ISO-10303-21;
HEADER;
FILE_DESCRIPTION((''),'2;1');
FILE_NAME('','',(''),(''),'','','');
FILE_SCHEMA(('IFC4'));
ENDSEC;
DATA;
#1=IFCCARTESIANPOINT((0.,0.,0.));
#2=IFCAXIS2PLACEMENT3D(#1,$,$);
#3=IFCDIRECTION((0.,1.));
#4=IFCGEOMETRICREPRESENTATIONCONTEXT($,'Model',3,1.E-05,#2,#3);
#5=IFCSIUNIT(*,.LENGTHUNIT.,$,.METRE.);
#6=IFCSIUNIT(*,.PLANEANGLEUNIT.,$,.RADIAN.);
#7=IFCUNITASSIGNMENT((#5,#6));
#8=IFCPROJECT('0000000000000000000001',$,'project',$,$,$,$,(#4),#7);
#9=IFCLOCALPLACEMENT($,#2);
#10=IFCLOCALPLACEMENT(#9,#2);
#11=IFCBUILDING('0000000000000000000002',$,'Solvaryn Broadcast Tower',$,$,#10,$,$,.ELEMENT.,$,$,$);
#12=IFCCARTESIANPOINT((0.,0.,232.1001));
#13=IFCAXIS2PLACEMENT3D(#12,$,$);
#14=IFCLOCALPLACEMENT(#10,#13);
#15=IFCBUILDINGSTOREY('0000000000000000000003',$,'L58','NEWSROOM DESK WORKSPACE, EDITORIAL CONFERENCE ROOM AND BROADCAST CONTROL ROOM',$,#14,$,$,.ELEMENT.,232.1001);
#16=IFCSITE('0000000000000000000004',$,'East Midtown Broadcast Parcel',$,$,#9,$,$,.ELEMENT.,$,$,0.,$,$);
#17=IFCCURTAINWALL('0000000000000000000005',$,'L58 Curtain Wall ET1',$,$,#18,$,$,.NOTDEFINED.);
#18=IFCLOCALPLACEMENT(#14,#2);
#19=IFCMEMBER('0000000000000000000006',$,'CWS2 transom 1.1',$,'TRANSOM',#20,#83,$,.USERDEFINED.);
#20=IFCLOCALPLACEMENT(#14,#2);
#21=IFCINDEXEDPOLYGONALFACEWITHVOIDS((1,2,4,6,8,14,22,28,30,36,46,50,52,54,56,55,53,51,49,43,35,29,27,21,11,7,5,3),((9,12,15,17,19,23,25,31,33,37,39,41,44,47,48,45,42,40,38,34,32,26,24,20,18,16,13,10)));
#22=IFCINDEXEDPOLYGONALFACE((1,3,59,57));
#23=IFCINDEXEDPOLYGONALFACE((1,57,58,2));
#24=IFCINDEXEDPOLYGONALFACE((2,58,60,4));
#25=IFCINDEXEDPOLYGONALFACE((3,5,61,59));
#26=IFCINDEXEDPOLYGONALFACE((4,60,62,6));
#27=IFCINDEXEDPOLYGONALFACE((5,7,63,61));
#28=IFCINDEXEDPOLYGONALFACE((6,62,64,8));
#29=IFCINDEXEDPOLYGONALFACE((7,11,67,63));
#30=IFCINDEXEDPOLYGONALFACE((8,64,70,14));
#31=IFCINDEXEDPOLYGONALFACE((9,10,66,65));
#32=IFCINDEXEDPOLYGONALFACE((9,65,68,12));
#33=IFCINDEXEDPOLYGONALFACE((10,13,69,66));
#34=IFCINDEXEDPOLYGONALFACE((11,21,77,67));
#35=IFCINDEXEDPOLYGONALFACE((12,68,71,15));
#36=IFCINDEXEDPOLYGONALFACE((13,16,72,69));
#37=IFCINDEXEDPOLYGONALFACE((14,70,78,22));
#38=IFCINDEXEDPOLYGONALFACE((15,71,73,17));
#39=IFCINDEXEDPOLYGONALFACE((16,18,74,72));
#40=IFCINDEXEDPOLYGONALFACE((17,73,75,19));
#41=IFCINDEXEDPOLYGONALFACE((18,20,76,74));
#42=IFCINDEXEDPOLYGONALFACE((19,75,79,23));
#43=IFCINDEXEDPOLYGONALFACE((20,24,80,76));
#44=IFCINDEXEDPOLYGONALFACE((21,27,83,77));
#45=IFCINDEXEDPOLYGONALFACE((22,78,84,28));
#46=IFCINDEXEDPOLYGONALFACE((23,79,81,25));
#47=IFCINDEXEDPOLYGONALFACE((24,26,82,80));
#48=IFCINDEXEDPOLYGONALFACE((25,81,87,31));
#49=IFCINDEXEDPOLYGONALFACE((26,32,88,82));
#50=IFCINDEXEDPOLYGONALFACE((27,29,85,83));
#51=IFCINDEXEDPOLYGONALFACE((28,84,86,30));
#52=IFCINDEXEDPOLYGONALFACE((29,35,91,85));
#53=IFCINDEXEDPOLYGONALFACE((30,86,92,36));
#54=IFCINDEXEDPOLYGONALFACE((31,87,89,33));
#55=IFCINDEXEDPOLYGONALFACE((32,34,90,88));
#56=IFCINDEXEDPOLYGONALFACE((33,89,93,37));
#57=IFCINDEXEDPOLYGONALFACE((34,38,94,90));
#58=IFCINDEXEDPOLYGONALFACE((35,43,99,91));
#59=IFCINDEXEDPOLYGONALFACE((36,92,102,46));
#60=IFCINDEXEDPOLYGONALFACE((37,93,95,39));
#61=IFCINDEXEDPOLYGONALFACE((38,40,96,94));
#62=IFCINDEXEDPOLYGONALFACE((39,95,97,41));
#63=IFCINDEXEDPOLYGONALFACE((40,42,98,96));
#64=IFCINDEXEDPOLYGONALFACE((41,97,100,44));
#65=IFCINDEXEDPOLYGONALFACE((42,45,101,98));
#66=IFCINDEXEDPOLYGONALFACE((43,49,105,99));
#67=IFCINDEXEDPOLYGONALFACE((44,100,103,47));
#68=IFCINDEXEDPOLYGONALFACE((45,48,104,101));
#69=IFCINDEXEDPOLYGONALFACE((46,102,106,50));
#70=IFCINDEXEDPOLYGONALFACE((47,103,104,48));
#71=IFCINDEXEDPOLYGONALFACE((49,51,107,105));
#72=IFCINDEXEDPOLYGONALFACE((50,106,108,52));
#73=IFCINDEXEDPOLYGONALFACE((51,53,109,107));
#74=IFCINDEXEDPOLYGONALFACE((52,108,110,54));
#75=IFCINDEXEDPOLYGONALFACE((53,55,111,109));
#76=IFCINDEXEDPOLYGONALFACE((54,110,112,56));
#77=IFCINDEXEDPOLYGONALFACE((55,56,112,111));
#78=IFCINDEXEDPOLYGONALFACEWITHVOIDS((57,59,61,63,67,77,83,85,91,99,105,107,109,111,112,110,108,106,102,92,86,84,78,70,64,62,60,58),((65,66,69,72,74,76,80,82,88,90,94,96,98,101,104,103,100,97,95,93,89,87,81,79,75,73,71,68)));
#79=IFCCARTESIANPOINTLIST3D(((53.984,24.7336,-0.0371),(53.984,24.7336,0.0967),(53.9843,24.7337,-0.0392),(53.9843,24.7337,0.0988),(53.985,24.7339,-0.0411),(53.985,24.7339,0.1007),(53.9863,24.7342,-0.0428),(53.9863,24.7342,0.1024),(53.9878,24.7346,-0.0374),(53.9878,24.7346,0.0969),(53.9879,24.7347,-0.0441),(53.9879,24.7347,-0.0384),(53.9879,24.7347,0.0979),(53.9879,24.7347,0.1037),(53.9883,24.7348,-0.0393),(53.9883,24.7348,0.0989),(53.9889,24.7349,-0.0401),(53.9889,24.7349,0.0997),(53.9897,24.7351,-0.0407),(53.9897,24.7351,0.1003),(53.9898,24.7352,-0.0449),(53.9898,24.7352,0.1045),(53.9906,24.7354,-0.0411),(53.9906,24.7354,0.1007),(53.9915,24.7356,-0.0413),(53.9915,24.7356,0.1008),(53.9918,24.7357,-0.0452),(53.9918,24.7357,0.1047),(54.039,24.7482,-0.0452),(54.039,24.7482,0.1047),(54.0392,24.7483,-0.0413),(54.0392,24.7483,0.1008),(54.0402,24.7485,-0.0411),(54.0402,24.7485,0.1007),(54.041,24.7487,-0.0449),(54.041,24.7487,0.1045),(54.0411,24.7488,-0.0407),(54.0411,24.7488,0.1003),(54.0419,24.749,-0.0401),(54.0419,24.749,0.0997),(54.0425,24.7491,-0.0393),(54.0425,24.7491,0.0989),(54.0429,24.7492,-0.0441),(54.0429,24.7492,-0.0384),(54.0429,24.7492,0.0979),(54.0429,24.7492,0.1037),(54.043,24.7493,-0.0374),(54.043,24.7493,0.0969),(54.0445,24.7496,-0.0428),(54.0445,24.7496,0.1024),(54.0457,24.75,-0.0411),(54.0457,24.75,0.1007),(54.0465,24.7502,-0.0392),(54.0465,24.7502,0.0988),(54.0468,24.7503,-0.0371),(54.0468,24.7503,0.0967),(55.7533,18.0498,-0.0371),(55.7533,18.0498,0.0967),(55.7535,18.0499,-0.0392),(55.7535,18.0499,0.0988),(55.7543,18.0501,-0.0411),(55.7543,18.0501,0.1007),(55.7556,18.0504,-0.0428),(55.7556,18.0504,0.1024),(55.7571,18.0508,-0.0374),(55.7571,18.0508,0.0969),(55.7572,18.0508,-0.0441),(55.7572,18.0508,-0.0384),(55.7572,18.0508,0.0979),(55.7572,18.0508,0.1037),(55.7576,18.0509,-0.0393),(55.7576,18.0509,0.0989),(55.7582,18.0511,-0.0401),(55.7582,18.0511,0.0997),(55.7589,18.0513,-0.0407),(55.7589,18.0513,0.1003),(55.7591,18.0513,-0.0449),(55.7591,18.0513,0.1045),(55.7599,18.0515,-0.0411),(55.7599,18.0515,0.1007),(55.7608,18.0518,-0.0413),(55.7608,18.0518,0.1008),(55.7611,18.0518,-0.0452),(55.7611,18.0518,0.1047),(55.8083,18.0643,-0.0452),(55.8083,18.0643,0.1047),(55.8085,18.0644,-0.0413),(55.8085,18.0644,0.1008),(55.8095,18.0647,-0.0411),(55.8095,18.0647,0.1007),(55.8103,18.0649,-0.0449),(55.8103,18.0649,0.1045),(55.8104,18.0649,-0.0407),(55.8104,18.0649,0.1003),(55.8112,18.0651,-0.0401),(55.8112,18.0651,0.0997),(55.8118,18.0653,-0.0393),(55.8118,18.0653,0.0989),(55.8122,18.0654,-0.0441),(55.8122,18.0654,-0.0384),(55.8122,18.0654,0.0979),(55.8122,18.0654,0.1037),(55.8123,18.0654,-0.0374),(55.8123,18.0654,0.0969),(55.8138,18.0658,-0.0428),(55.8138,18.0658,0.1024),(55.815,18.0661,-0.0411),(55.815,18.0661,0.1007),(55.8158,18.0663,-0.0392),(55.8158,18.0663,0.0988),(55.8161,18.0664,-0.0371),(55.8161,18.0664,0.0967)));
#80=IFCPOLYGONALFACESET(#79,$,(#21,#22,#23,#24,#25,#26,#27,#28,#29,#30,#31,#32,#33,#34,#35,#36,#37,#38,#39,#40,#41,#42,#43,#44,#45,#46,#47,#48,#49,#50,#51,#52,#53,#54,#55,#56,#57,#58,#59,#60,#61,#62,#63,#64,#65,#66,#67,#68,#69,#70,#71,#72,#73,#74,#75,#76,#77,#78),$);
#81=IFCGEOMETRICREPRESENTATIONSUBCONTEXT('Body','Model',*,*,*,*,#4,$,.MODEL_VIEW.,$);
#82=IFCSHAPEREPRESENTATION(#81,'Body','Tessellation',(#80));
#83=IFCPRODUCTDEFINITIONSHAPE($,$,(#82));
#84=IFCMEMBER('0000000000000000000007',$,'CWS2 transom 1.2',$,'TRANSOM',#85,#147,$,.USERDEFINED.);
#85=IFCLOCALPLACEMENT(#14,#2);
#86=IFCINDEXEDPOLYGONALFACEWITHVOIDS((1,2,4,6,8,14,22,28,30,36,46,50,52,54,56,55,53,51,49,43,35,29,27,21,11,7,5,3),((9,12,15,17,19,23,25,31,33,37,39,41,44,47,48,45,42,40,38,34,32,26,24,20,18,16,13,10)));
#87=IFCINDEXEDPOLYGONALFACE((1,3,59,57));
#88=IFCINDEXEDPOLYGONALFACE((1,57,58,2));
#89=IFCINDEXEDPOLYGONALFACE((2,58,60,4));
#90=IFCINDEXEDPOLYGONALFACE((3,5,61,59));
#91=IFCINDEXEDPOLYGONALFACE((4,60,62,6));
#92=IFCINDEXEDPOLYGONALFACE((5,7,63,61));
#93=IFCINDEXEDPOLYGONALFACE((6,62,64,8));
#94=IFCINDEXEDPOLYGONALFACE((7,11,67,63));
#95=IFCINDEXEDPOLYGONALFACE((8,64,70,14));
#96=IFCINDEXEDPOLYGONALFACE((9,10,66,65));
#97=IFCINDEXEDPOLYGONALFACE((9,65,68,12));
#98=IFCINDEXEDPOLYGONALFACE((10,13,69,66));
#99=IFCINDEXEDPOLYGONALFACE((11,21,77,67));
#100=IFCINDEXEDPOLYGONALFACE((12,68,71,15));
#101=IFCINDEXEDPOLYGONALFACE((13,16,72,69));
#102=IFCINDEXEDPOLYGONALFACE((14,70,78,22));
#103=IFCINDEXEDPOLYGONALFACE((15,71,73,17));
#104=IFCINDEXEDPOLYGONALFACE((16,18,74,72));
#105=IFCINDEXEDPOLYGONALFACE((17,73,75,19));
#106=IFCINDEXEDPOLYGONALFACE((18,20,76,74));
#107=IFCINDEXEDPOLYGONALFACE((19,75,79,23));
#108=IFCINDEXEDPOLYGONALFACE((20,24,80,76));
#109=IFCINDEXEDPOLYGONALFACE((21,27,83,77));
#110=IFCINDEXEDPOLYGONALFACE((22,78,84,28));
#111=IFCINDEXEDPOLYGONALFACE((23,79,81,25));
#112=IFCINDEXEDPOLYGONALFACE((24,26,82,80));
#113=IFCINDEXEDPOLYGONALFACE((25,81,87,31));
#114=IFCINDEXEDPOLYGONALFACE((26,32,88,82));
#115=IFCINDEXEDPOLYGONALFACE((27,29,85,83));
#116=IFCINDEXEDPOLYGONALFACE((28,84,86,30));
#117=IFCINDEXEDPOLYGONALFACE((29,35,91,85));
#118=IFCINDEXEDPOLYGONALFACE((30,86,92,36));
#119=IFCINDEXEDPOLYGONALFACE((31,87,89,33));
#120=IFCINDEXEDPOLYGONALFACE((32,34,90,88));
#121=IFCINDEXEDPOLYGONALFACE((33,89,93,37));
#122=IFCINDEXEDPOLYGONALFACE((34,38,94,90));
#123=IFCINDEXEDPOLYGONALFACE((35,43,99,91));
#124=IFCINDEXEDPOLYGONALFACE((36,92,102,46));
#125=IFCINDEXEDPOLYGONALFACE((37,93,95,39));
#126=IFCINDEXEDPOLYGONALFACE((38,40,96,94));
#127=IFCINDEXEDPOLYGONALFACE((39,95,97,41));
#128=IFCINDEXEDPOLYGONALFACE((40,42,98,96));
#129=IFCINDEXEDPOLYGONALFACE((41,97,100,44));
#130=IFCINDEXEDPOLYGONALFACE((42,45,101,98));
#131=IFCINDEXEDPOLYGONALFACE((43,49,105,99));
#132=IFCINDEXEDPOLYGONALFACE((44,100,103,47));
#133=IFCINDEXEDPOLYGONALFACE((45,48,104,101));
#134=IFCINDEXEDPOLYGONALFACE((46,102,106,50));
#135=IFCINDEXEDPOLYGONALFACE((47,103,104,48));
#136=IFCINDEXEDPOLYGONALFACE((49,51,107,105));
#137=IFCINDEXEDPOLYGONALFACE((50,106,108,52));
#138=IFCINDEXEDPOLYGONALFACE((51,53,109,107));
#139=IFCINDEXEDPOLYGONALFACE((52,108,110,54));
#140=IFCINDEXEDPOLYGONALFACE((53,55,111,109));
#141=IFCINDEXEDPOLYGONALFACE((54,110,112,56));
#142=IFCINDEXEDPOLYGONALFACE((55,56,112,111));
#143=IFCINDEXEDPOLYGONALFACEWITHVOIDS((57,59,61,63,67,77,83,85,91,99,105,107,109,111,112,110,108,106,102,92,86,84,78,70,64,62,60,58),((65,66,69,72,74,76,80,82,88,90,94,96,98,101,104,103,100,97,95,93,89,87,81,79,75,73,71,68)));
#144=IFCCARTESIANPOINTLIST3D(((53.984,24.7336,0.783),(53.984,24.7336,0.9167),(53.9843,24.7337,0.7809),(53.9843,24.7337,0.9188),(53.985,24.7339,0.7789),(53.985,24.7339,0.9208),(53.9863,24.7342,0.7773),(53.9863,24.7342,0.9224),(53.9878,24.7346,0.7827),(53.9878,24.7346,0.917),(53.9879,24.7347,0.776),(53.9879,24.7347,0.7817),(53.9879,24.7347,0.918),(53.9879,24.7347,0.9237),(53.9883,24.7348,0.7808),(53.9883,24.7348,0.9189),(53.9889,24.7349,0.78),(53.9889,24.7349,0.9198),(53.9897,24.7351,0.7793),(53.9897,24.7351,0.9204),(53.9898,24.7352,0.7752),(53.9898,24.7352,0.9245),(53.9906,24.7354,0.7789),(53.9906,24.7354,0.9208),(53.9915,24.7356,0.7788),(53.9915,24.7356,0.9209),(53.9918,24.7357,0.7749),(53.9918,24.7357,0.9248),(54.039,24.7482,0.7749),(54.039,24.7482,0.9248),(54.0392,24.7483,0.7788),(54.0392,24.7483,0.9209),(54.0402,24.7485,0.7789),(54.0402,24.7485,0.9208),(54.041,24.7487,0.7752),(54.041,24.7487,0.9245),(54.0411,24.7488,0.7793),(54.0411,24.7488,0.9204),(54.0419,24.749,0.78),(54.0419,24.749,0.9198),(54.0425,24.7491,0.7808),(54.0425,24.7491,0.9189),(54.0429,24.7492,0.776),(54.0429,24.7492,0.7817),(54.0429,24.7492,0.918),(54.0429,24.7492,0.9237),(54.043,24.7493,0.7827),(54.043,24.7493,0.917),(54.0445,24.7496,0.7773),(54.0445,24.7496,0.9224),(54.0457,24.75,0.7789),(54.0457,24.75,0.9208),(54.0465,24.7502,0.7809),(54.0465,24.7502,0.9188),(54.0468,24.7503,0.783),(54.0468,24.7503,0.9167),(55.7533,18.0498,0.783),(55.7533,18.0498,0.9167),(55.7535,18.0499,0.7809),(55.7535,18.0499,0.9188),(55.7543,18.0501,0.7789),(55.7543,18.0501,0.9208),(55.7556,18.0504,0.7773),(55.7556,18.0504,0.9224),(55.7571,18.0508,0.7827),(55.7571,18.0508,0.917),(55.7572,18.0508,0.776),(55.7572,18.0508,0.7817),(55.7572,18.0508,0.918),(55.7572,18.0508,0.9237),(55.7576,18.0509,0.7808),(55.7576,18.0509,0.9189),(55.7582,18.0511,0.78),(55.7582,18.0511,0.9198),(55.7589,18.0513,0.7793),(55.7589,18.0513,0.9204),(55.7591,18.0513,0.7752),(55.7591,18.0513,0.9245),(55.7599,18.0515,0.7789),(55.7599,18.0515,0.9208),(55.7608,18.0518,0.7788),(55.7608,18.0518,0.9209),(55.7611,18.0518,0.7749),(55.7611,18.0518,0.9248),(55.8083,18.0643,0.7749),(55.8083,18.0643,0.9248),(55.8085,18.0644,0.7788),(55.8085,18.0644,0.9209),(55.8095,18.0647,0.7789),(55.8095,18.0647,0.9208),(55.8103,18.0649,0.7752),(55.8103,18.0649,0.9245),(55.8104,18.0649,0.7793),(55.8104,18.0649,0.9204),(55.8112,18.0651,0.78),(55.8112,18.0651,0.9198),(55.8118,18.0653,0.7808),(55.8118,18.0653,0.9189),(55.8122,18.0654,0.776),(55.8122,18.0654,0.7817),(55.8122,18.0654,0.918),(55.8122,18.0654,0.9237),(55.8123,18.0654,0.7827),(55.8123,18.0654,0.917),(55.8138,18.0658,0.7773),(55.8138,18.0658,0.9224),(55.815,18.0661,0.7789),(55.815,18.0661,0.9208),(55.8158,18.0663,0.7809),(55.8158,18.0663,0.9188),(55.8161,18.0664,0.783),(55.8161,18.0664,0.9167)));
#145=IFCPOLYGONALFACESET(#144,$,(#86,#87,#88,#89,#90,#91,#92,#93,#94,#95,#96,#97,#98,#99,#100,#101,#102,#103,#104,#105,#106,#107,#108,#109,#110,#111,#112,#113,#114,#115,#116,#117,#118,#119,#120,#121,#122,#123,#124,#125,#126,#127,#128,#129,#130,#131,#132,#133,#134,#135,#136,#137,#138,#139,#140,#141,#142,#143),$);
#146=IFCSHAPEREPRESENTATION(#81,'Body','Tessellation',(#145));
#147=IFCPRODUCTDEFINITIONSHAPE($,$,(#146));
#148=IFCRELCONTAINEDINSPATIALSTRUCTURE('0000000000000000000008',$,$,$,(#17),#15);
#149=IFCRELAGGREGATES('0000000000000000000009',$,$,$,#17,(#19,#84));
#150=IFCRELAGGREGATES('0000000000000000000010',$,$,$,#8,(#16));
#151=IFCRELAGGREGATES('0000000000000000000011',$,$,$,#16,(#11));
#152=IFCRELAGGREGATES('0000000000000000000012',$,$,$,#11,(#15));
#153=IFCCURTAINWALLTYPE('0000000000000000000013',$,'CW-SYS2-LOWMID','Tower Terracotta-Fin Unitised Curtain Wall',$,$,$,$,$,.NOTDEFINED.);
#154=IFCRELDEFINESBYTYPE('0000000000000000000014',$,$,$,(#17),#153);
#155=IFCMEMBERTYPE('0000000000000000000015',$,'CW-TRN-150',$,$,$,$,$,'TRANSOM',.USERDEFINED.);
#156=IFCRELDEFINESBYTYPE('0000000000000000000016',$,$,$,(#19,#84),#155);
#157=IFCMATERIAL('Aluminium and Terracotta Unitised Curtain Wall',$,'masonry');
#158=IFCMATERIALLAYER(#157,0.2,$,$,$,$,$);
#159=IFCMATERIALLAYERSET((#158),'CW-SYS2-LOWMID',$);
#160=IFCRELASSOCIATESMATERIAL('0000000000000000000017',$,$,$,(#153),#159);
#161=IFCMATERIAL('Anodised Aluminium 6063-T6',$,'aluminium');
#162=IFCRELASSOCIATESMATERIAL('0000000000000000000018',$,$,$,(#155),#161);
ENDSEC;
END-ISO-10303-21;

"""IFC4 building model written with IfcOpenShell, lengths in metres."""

from ifc_helpers import new_model, si_unit, direction, frame, origin, origin_2d, place, context, subcontext, project, spatial, hollow_rectangle, extrude, material, layer, layer_set, material_profile, profile_set, type_object, element, aggregate, save


model = new_model("IFC4")

# Units and contexts
model_context = context("Model", 3, precision=1e-05, world=origin(), true_north=direction((0.0, 1.0)))
body_context = subcontext(model_context, "Body", "Model", "MODEL_VIEW")
ifc_project = project(units=[si_unit("LENGTHUNIT", "METRE"), si_unit("PLANEANGLEUNIT", "RADIAN")], contexts=[model_context])

# Site, building, storey
site_placement = place(None, origin())
site = spatial("IfcSite", under=ifc_project, at=site_placement, Name="East Midtown Broadcast Parcel", CompositionType="ELEMENT", RefElevation=0.0)
building_placement = place(site_placement, origin())
building = spatial("IfcBuilding", under=site, at=building_placement, Name="Solvaryn Broadcast Tower", CompositionType="ELEMENT")
storey_placement = place(building_placement, frame((0.0, 0.0, 232.1001)))
storey = spatial("IfcBuildingStorey", under=building, at=storey_placement, Name="L58", Description="NEWSROOM DESK WORKSPACE, EDITORIAL CONFERENCE ROOM AND BROADCAST CONTROL ROOM", CompositionType="ELEMENT", Elevation=232.1001)

# Curtain wall
ifc_material_1 = material(Name="Aluminium and Terracotta Unitised Curtain Wall", Category="masonry")
ifc_layer_1 = layer(ifc_material_1, 0.2)
ifc_layer_set_1 = layer_set([ifc_layer_1], Name="CW-SYS2-LOWMID")
curtain_wall_type = type_object("IfcCurtainWallType", Name="CW-SYS2-LOWMID", Description="Tower Terracotta-Fin Unitised Curtain Wall", PredefinedType="NOTDEFINED", material=ifc_layer_set_1)
curtain_wall_1_placement = place(storey_placement, origin())
curtain_wall_1 = element("IfcCurtainWall", 1, at=curtain_wall_1_placement, inside=storey, type_object=curtain_wall_type, Name="L58 Curtain Wall ET1", PredefinedType="NOTDEFINED")

# Members
ifc_material_2 = material(Name="Anodised Aluminium 6063-T6", Category="aluminium")
ifc_material_profile_1 = material_profile(ifc_material_2, hollow_rectangle(XDim=0.0649, YDim=0.1499, WallThickness=0.0039, InnerFilletRadius=0.0039, OuterFilletRadius=0.0081, at=origin_2d()))
ifc_profile_set_1 = profile_set([ifc_material_profile_1], Name="Anodised Aluminium 6063-T6")
member_type_1 = type_object("IfcMemberType", Name="CW-TRN-150", ElementType="TRANSOM", PredefinedType="USERDEFINED", material=ifc_profile_set_1)
member_1_placement = place(storey_placement, frame((54.0154, 24.7419, 0.0298), z_axis=(0.255897, -0.966704, 0.0), x_axis=(0.966704, 0.255897, 0.0)))
member_1 = element("IfcMember", 2, at=member_1_placement, type_object=member_type_1, Name="CWS2 transom 1.1", ObjectType="TRANSOM", PredefinedType="USERDEFINED", context=body_context, shape_type="SweptSolid", body=[
    extrude(hollow_rectangle(XDim=0.0649, YDim=0.1499, WallThickness=0.0039, InnerFilletRadius=0.0039, OuterFilletRadius=0.0081, at=origin_2d()), origin(), (0.0, 0.0, 1.0), 6.9141),
])
member_2_placement = place(storey_placement, frame((54.0154, 24.7419, 0.8499), z_axis=(0.255897, -0.966704, 0.0), x_axis=(0.966704, 0.255897, 0.0)))
member_2 = element("IfcMember", 3, at=member_2_placement, type_object=member_type_1, Name="CWS2 transom 1.2", ObjectType="TRANSOM", PredefinedType="USERDEFINED", context=body_context, shape_type="SweptSolid", body=[
    extrude(hollow_rectangle(XDim=0.0649, YDim=0.1499, WallThickness=0.0039, InnerFilletRadius=0.0039, OuterFilletRadius=0.0081, at=origin_2d()), origin(), (0.0, 0.0, 1.0), 6.9141),
])

aggregate(curtain_wall_1, [member_1, member_2])

save(model, "model.ifc")
